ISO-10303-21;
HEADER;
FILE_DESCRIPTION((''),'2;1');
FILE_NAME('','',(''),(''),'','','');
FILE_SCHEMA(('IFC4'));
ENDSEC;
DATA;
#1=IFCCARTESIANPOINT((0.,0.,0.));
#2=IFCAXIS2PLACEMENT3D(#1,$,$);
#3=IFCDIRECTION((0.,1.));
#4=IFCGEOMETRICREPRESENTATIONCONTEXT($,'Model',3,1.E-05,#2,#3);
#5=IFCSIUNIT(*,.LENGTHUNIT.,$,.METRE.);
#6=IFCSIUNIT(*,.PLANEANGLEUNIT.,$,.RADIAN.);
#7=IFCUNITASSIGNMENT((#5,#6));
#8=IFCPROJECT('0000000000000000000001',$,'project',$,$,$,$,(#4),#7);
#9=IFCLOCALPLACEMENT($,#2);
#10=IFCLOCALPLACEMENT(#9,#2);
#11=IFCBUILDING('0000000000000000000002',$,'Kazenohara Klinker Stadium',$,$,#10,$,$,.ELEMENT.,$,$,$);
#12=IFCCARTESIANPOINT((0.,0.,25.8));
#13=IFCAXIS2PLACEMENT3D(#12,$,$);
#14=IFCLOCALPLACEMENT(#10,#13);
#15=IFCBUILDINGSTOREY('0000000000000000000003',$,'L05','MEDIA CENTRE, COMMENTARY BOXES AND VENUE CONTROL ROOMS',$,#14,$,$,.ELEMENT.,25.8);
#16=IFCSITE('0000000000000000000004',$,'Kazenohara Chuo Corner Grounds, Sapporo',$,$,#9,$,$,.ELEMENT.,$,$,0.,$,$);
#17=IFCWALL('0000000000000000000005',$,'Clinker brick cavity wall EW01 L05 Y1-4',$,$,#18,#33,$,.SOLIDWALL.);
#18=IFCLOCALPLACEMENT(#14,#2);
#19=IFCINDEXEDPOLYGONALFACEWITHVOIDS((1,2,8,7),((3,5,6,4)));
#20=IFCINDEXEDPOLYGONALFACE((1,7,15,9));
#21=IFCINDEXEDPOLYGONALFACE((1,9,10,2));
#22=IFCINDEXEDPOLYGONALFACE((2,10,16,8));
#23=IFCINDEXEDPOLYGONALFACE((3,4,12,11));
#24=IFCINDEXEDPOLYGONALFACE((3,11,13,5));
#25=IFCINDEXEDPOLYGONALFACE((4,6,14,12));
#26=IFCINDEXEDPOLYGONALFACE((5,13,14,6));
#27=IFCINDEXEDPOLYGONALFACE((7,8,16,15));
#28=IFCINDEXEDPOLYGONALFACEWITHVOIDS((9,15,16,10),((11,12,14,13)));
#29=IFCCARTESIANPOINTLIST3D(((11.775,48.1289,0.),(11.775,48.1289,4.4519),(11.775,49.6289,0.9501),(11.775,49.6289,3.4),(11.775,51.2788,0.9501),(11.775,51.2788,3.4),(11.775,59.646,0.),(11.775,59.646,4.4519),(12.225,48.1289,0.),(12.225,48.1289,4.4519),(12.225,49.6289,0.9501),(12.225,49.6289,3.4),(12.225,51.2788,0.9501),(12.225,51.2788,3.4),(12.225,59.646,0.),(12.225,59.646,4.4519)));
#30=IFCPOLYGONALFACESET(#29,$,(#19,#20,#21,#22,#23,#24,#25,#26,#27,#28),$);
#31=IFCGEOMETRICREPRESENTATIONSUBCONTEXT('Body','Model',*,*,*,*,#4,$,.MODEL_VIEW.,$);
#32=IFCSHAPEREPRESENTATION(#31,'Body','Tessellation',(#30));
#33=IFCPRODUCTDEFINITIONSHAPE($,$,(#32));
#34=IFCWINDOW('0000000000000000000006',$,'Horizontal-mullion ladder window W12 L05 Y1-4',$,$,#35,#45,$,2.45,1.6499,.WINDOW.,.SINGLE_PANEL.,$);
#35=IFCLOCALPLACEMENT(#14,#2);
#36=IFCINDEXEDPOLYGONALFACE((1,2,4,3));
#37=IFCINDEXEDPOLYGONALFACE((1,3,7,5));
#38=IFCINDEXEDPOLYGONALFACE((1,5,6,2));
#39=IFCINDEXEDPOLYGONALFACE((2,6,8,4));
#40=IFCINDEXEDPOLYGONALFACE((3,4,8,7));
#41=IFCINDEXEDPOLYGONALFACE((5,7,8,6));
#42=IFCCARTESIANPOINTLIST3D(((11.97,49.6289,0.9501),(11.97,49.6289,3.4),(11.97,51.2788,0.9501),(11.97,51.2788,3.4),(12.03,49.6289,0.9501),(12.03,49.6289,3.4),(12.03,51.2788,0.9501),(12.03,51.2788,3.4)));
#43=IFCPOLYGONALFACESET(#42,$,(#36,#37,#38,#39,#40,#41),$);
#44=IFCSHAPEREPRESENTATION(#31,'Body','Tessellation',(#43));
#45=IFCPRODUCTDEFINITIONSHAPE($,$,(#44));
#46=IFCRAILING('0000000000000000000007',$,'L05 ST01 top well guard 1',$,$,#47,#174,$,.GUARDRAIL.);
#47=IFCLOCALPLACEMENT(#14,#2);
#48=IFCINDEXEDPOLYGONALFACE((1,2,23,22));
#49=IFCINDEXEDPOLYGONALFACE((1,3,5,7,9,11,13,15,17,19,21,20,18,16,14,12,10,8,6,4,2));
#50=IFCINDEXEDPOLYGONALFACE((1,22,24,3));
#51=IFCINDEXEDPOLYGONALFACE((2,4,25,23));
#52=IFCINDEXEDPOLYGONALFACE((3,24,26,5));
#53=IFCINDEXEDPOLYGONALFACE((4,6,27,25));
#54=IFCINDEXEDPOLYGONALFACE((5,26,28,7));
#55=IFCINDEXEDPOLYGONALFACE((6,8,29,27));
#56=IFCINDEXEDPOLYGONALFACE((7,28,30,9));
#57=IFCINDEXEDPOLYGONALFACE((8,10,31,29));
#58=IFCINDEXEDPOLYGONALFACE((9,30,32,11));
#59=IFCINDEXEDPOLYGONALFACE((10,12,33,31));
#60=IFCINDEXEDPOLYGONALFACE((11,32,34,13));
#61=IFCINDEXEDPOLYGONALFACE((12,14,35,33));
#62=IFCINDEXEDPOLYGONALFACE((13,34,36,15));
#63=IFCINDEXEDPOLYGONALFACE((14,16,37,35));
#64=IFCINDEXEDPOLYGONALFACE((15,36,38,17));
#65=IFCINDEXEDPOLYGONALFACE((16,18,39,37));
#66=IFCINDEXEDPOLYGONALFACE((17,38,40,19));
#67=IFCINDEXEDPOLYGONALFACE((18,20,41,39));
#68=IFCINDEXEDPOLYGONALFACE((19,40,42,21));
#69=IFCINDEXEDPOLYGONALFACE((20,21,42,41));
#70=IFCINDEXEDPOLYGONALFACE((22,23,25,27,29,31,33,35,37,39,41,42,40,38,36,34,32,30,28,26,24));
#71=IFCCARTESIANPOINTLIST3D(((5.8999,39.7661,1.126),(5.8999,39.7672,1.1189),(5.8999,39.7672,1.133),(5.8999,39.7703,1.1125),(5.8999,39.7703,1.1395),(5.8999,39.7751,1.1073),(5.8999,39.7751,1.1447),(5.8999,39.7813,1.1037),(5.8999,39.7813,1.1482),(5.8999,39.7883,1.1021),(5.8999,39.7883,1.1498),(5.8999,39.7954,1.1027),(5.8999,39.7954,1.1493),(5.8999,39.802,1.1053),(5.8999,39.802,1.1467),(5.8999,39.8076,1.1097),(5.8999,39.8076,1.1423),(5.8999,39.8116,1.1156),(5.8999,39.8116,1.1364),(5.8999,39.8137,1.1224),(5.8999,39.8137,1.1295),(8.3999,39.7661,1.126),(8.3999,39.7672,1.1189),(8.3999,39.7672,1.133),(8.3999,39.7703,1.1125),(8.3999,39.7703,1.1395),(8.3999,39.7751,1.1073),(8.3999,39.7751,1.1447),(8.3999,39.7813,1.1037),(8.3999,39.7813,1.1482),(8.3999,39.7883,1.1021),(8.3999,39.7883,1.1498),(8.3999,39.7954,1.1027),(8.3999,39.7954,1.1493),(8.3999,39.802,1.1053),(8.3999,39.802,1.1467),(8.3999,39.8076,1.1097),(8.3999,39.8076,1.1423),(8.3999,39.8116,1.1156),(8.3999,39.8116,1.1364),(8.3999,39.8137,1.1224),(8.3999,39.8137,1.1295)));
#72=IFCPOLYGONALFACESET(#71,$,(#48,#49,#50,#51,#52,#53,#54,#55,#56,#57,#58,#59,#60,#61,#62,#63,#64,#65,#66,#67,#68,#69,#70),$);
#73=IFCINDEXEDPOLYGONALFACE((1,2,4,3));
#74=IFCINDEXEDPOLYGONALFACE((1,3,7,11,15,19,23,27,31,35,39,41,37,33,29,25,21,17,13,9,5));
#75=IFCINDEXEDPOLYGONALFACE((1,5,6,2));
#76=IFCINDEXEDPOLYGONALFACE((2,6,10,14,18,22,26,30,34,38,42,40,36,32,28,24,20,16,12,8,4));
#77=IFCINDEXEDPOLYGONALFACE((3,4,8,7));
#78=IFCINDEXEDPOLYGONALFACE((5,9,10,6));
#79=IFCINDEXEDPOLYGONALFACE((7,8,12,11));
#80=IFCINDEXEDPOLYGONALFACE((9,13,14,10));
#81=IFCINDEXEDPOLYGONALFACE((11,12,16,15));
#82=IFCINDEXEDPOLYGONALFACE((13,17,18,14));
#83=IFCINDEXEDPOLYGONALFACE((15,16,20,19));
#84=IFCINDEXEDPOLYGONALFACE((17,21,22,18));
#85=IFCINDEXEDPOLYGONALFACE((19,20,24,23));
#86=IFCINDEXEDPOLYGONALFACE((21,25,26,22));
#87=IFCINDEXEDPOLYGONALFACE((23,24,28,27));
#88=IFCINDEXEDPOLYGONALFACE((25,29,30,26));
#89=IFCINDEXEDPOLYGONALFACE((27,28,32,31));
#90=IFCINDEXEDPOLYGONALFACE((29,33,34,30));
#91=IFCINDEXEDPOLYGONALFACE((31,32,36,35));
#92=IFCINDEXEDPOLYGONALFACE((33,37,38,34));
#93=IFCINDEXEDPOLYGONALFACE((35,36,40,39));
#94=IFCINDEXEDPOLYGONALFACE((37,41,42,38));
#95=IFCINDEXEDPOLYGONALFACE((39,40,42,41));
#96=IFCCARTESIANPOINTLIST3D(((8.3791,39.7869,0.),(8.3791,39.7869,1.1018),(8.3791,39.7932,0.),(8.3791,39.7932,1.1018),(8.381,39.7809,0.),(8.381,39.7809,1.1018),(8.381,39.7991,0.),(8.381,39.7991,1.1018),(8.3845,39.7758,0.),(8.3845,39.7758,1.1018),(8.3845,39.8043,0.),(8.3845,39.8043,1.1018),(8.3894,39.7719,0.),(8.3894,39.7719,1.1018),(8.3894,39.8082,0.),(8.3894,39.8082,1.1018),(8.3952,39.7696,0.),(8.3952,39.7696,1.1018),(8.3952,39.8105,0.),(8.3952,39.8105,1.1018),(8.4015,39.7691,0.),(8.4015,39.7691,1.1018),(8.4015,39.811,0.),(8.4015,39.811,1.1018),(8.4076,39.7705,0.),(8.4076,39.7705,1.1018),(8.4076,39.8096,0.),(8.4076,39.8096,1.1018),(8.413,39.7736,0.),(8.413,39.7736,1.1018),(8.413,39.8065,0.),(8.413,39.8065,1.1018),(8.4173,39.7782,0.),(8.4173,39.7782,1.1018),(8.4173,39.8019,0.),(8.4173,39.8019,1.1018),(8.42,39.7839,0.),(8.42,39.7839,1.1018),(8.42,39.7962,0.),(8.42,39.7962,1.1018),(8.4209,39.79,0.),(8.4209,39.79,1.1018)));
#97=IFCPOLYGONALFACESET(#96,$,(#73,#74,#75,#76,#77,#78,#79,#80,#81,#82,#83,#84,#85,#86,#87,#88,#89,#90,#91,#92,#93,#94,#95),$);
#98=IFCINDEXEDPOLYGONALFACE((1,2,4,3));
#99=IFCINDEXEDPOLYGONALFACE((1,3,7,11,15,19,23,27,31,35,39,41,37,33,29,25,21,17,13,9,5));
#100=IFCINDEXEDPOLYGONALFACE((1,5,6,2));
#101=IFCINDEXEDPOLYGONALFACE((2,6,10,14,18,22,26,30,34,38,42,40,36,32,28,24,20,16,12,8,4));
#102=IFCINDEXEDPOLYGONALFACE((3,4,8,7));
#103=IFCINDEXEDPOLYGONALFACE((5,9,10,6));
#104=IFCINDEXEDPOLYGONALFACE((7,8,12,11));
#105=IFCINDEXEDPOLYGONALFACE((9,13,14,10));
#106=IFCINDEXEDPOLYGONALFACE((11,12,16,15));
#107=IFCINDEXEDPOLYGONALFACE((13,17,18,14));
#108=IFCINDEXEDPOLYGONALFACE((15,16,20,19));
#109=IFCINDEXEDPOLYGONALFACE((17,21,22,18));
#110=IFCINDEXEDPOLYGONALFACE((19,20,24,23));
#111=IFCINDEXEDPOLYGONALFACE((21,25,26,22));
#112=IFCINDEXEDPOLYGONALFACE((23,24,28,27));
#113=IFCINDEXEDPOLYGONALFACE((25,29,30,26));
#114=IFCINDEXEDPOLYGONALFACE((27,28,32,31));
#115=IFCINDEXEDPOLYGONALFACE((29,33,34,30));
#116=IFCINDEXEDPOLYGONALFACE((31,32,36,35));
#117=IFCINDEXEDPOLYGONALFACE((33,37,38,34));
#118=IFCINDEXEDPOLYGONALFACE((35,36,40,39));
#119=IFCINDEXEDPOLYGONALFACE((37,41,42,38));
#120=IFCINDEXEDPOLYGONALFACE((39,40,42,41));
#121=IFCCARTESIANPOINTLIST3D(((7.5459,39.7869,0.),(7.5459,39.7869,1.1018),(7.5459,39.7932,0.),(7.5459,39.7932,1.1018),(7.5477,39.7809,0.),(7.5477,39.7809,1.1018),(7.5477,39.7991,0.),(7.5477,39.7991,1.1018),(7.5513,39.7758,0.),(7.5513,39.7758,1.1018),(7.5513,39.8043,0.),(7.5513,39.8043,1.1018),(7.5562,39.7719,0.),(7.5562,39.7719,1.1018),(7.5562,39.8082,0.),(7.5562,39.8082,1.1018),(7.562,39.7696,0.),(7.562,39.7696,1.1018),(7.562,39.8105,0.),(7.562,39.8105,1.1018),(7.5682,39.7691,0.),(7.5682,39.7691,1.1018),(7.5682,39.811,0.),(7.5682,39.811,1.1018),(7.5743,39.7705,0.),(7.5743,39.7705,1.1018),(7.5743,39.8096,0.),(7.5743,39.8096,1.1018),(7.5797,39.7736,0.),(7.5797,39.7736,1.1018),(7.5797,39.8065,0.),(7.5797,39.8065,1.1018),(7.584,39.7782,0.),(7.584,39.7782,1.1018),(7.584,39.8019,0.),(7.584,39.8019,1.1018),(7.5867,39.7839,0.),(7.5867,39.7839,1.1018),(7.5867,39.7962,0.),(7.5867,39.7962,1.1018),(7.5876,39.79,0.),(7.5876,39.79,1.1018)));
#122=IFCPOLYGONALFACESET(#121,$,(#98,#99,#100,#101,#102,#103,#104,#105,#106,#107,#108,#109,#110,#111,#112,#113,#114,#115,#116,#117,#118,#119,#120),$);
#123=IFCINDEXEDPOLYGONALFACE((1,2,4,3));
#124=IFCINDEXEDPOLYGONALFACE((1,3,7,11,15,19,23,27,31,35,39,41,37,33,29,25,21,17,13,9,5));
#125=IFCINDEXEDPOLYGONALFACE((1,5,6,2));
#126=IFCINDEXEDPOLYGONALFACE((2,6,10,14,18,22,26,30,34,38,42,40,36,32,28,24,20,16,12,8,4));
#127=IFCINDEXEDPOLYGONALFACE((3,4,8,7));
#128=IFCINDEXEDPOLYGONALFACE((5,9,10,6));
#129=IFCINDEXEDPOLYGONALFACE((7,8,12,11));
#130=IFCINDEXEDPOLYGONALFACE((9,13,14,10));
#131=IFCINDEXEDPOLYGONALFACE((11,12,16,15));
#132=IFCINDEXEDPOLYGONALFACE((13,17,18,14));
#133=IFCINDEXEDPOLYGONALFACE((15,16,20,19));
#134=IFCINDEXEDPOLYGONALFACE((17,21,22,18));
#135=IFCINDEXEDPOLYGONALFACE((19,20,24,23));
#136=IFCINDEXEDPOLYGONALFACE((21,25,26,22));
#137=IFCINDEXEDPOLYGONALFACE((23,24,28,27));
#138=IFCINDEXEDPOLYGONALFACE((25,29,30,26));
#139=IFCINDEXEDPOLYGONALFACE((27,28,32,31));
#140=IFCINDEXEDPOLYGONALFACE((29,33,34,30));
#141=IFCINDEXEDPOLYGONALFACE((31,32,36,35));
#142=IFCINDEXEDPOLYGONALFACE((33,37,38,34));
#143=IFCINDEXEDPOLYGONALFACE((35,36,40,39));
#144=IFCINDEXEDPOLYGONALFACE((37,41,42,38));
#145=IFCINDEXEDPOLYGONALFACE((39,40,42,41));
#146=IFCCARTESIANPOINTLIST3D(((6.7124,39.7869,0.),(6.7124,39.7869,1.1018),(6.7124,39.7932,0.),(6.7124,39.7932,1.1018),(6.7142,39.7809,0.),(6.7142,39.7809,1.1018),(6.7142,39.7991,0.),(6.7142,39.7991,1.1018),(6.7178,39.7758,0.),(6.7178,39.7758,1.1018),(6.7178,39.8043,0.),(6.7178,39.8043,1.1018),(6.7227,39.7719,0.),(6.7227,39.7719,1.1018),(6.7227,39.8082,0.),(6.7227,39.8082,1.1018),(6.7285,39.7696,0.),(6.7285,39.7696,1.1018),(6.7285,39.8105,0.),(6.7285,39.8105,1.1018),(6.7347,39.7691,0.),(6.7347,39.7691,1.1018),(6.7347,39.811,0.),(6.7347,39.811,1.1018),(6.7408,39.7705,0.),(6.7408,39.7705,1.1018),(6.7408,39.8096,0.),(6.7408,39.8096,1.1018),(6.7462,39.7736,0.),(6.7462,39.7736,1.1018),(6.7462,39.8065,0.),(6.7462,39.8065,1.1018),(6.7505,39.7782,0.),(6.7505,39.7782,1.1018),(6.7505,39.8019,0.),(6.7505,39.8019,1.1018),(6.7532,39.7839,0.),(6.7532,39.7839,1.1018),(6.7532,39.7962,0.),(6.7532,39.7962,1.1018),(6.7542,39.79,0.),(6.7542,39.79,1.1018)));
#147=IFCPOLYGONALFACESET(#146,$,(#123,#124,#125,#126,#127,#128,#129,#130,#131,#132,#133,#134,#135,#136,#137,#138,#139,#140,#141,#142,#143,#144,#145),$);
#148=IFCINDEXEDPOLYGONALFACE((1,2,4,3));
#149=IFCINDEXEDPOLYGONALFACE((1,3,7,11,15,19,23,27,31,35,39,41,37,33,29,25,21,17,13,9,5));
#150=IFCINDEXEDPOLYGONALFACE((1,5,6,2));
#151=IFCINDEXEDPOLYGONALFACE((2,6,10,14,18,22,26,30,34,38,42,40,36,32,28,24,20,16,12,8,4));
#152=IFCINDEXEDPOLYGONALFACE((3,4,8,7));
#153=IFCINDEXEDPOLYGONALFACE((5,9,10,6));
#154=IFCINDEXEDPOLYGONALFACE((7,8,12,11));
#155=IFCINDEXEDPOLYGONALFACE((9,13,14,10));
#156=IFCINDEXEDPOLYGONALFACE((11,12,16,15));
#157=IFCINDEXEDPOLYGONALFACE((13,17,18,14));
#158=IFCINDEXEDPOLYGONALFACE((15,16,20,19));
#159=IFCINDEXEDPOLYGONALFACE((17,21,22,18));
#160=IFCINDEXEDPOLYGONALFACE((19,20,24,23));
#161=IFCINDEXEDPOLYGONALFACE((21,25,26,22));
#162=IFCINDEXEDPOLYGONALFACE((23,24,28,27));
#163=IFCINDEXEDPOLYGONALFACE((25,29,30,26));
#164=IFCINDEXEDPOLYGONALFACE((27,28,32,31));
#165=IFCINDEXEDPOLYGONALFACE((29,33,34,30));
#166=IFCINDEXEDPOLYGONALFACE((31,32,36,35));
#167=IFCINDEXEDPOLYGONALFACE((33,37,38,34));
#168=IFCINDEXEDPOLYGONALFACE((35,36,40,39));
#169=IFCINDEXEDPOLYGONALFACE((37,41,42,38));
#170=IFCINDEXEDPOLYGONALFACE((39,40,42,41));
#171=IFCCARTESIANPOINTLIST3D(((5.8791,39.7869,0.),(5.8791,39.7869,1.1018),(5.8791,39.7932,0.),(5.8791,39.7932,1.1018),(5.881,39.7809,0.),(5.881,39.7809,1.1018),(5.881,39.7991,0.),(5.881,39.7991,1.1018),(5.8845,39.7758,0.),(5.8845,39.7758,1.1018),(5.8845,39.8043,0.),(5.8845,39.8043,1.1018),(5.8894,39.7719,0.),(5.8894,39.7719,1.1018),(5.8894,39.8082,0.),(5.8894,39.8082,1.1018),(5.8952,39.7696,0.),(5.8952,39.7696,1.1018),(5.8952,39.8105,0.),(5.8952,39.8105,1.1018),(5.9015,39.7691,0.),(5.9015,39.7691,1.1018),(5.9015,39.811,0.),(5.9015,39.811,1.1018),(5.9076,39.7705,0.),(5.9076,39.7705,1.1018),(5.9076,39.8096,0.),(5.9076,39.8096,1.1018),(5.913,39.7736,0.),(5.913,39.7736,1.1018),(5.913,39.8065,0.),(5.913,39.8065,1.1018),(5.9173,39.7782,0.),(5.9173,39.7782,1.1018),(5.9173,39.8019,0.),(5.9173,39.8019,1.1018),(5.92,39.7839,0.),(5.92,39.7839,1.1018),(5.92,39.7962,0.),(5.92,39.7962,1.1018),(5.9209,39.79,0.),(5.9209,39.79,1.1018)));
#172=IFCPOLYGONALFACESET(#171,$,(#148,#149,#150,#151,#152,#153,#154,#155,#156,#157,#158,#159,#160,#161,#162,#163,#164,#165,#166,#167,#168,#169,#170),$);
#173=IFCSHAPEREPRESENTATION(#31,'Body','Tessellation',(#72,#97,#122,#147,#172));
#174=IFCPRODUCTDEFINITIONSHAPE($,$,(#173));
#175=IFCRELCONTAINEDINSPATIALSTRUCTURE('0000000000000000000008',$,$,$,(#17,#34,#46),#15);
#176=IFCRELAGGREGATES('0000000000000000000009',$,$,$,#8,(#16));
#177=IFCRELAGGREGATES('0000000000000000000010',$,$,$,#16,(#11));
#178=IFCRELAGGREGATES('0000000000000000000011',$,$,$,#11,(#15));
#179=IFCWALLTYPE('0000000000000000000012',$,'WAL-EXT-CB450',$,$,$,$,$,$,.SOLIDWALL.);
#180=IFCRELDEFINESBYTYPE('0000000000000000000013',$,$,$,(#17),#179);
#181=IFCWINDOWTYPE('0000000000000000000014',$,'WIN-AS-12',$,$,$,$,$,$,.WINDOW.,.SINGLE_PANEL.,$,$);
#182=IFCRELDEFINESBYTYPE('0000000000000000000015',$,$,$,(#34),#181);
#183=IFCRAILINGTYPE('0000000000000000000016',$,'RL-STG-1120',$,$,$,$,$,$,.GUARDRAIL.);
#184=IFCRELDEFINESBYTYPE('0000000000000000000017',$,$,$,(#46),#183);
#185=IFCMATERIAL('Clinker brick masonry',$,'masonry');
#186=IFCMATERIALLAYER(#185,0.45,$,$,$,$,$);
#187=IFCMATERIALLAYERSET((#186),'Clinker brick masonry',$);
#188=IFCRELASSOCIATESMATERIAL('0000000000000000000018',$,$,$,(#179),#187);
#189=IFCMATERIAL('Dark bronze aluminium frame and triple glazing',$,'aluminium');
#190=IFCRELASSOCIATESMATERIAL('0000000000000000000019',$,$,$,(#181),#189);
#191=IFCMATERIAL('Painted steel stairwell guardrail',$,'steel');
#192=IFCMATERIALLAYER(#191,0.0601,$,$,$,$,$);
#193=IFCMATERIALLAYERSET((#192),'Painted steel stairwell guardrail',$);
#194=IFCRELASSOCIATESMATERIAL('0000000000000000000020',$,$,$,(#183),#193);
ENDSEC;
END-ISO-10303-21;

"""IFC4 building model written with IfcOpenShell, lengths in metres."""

from ifc_helpers import new_model, si_unit, direction, frame, frame_2d, origin, origin_2d, place, context, subcontext, project, spatial, rectangle, circle, extrude, material, layer, layer_set, type_object, element, fill, save


model = new_model("IFC4")

# Units and contexts
model_context = context("Model", 3, precision=1e-05, world=origin(), true_north=direction((0.0, 1.0)))
body_context = subcontext(model_context, "Body", "Model", "MODEL_VIEW")
ifc_project = project(units=[si_unit("LENGTHUNIT", "METRE"), si_unit("PLANEANGLEUNIT", "RADIAN")], contexts=[model_context])

# Site, building, storey
site_placement = place(None, origin())
site = spatial("IfcSite", under=ifc_project, at=site_placement, Name="Kazenohara Chuo Corner Grounds, Sapporo", CompositionType="ELEMENT", RefElevation=0.0)
building_placement = place(site_placement, origin())
building = spatial("IfcBuilding", under=site, at=building_placement, Name="Kazenohara Klinker Stadium", CompositionType="ELEMENT")
storey_placement = place(building_placement, frame((0.0, 0.0, 25.8)))
storey = spatial("IfcBuildingStorey", under=building, at=storey_placement, Name="L05", Description="MEDIA CENTRE, COMMENTARY BOXES AND VENUE CONTROL ROOMS", CompositionType="ELEMENT", Elevation=25.8)

# Wall, opening, window
ifc_material_1 = material(Name="Clinker brick masonry", Category="masonry")
ifc_material_2 = material(Name="Dark bronze aluminium frame and triple glazing", Category="aluminium")
ifc_layer_1 = layer(ifc_material_1, 0.45)
ifc_layer_set_1 = layer_set([ifc_layer_1], Name="Clinker brick masonry")
wall_type_1 = type_object("IfcWallType", Name="WAL-EXT-CB450", PredefinedType="SOLIDWALL", material=ifc_layer_set_1)
wall_1_placement = place(storey_placement, frame((12.0, 48.1289, 0.0), z_axis=(0.0, 0.0, 1.0), x_axis=(0.0, 1.0, 0.0)))
wall_1 = element("IfcWall", 1, at=wall_1_placement, inside=storey, type_object=wall_type_1, Name="Clinker brick cavity wall EW01 L05 Y1-4", PredefinedType="SOLIDWALL", context=body_context, shape_type="SweptSolid", body=[
    extrude(rectangle(XDim=11.5171, YDim=0.45, at=frame_2d((5.7585, 0.0))), origin(), (0.0, 0.0, 1.0), 4.4519),
])
opening_1_placement = place(wall_1_placement, frame((1.5, 0.0, 0.95)))
opening_1 = element("IfcOpeningElement", 2, at=opening_1_placement, cuts=wall_1, PredefinedType="OPENING", context=body_context, shape_type="SweptSolid", body=[
    extrude(rectangle(XDim=1.6499, YDim=2.45, at=frame_2d((0.825, 1.2251))), frame((0.0, 0.2349, 0.0), z_axis=(0.0, -1.0, 0.0), x_axis=(1.0, 0.0, 0.0)), (0.0, 0.0, 1.0), 0.47),
])
window_type_1 = type_object("IfcWindowType", Name="WIN-AS-12", PartitioningType="SINGLE_PANEL", PredefinedType="WINDOW", material=ifc_material_2)
window_1_placement = place(opening_1_placement, origin())
window_1 = element("IfcWindow", 3, at=window_1_placement, inside=storey, type_object=window_type_1, Name="Horizontal-mullion ladder window W12 L05 Y1-4", OverallHeight=2.45, OverallWidth=1.6499, PartitioningType="SINGLE_PANEL", PredefinedType="WINDOW", context=body_context, shape_type="SweptSolid", body=[
    extrude(rectangle(XDim=1.6499, YDim=2.45, at=frame_2d((0.825, 1.2251))), frame((0.0, 0.03, 0.0), z_axis=(0.0, -1.0, 0.0), x_axis=(1.0, 0.0, 0.0)), (0.0, 0.0, 1.0), 0.0601),
])
fill(opening_1, window_1)

# Railing
ifc_material_3 = material(Name="Painted steel stairwell guardrail", Category="steel")
ifc_layer_2 = layer(ifc_material_3, 0.0601)
ifc_layer_set_2 = layer_set([ifc_layer_2], Name="Painted steel stairwell guardrail")
railing_type = type_object("IfcRailingType", Name="RL-STG-1120", PredefinedType="GUARDRAIL", material=ifc_layer_set_2)
railing_placement = place(storey_placement, frame((8.3999, 39.79, 0.0)))
element("IfcRailing", 4, at=railing_placement, inside=storey, type_object=railing_type, Name="L05 ST01 top well guard 1", PredefinedType="GUARDRAIL", context=body_context, shape_type="SweptSolid", body=[
    extrude(circle(Radius=0.0239, at=origin_2d()), frame((0.0, 0.0, 1.126), z_axis=(-1.0, 0.0, 0.0), x_axis=(0.0, -1.0, 0.0)), (0.0, 0.0, 1.0), 2.5),
    extrude(circle(Radius=0.021, at=origin_2d()), origin(), (0.0, 0.0, 1.0), 1.1018),
    extrude(circle(Radius=0.021, at=origin_2d()), frame((-0.8333, 0.0, 0.0)), (0.0, 0.0, 1.0), 1.1018),
    extrude(circle(Radius=0.021, at=origin_2d()), frame((-1.6667, 0.0, 0.0)), (0.0, 0.0, 1.0), 1.1018),
    extrude(circle(Radius=0.021, at=origin_2d()), frame((-2.5, 0.0, 0.0)), (0.0, 0.0, 1.0), 1.1018),
])

save(model, "model.ifc")
